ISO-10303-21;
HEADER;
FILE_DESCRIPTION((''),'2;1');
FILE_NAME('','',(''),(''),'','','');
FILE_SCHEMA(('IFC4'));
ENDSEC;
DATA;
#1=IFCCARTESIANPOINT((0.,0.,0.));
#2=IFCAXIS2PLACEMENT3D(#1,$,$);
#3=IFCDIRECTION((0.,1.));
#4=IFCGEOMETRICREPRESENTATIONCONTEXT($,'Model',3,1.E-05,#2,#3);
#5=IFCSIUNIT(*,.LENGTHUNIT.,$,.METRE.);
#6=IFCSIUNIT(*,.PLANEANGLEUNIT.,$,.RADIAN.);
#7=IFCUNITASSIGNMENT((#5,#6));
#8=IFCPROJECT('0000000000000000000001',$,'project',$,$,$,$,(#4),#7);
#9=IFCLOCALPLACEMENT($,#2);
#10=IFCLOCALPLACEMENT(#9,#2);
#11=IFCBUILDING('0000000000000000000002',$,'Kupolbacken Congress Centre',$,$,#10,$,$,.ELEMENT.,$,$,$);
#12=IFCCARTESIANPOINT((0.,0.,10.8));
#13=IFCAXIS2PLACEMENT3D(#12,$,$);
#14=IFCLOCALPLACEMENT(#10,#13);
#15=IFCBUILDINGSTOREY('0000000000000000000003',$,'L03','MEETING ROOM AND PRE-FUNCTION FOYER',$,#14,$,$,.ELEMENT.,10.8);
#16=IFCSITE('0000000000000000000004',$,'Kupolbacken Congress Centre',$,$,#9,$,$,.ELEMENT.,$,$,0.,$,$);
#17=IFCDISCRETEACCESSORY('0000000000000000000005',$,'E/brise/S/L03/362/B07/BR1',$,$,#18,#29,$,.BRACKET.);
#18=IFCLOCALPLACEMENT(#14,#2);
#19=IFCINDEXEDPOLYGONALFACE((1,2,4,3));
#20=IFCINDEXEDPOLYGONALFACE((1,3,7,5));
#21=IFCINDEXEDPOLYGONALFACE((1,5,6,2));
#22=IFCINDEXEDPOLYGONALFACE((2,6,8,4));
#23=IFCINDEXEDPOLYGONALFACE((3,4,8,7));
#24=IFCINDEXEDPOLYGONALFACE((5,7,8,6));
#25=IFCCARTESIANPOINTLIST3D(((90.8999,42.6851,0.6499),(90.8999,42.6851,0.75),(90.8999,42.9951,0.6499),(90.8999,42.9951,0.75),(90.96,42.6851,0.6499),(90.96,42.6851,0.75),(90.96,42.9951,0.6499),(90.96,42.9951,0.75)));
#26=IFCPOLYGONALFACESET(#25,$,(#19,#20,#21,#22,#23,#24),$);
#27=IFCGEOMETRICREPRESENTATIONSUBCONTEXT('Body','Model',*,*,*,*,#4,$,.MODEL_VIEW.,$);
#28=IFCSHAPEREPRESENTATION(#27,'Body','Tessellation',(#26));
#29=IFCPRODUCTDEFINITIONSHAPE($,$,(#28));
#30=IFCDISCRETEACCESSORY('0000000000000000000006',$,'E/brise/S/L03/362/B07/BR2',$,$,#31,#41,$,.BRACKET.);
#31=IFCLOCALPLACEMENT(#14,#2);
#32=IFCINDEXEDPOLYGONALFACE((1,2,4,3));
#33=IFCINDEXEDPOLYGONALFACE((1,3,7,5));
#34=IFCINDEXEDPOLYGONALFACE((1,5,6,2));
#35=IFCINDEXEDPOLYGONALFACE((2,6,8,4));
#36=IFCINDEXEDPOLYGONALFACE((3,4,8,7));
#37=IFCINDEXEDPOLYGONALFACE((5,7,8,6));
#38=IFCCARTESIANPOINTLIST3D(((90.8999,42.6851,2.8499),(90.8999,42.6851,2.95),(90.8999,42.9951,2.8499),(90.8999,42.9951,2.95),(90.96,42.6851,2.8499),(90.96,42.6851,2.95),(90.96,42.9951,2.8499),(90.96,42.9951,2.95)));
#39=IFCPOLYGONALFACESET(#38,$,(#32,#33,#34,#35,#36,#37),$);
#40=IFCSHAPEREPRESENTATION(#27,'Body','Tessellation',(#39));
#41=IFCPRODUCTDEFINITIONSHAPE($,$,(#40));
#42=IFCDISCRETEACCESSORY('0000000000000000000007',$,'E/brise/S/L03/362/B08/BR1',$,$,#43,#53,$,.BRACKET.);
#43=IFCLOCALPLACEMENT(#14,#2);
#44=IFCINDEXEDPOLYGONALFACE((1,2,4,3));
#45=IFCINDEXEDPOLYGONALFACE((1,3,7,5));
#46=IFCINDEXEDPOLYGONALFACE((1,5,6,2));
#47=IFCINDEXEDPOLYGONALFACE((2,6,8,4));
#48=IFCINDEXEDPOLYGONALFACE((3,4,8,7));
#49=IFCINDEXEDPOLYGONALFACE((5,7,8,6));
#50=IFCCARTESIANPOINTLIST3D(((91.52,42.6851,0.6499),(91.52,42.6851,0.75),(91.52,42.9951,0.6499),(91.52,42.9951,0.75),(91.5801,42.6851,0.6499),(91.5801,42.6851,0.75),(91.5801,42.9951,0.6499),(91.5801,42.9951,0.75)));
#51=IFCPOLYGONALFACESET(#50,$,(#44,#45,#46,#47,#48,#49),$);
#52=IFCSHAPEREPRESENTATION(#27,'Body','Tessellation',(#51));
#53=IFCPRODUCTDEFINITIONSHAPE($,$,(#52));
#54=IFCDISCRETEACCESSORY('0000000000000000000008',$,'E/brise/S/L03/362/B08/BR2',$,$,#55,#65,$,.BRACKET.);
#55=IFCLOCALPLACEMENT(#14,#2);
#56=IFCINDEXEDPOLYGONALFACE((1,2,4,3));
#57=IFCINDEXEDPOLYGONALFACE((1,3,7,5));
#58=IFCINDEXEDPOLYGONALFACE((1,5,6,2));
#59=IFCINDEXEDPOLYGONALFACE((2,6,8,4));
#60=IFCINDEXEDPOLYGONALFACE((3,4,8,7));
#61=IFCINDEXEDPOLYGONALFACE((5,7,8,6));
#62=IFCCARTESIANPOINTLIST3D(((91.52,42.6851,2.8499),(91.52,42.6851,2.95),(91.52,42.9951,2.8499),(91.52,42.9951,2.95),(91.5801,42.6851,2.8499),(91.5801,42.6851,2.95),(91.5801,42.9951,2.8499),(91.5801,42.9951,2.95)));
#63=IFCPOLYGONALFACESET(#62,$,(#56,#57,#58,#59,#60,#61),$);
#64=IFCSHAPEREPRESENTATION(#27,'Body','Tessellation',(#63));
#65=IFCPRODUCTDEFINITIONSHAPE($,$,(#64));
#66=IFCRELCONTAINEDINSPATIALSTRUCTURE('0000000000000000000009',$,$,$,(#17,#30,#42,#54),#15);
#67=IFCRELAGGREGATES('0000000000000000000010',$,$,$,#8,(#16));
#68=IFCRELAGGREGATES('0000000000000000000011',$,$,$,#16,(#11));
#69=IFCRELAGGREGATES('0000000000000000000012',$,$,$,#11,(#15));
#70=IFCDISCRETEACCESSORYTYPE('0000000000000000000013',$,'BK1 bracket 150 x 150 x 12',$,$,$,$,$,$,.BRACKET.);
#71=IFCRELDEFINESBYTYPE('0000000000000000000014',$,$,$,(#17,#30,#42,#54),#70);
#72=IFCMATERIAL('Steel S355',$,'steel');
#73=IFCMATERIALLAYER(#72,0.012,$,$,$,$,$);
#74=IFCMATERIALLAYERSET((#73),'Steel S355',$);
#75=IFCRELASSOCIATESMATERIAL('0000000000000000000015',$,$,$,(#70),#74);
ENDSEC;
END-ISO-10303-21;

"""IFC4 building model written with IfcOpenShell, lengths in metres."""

from ifc_helpers import new_model, si_unit, direction, frame, origin, origin_2d, place, context, subcontext, project, spatial, rectangle, extrude, material, layer, layer_set, type_object, element, save


model = new_model("IFC4")

# Units and contexts
model_context = context("Model", 3, precision=1e-05, world=origin(), true_north=direction((0.0, 1.0)))
body_context = subcontext(model_context, "Body", "Model", "MODEL_VIEW")
ifc_project = project(units=[si_unit("LENGTHUNIT", "METRE"), si_unit("PLANEANGLEUNIT", "RADIAN")], contexts=[model_context])

# Site, building, storey
site_placement = place(None, origin())
site = spatial("IfcSite", under=ifc_project, at=site_placement, Name="Kupolbacken Congress Centre", CompositionType="ELEMENT", RefElevation=0.0)
building_placement = place(site_placement, origin())
building = spatial("IfcBuilding", under=site, at=building_placement, Name="Kupolbacken Congress Centre", CompositionType="ELEMENT")
storey_placement = place(building_placement, frame((0.0, 0.0, 10.8)))
storey = spatial("IfcBuildingStorey", under=building, at=storey_placement, Name="L03", Description="MEETING ROOM AND PRE-FUNCTION FOYER", CompositionType="ELEMENT", Elevation=10.8)

# Discrete accessories
ifc_material_1 = material(Name="Steel S355", Category="steel")
ifc_layer_1 = layer(ifc_material_1, 0.012)
ifc_layer_set_1 = layer_set([ifc_layer_1], Name="Steel S355")
discrete_accessory_type = type_object("IfcDiscreteAccessoryType", Name="BK1 bracket 150 x 150 x 12", PredefinedType="BRACKET", material=ifc_layer_set_1)
for number, where, z_axis, x_axis, name in (
    (1, (90.9299, 42.8401, 0.6499), (0.0, 0.0, 1.0), (1.0, 0.0, 0.0), "E/brise/S/L03/362/B07/BR1"),
    (2, (90.9299, 42.8401, 2.8499), (0.0, 0.0, 1.0), (1.0, 0.0, 0.0), "E/brise/S/L03/362/B07/BR2"),
    (3, (91.55, 42.8401, 0.6499), (0.0, 0.0, 1.0), (1.0, 0.0, 0.0), "E/brise/S/L03/362/B08/BR1"),
    (4, (91.55, 42.8401, 2.8499), (0.0, 0.0, 1.0), (1.0, 0.0, 0.0), "E/brise/S/L03/362/B08/BR2"),
):
    element("IfcDiscreteAccessory", number, at=place(storey_placement, frame(where, z_axis=z_axis, x_axis=x_axis)), inside=storey, type_object=discrete_accessory_type, Name=name, PredefinedType="BRACKET", context=body_context, shape_type="SweptSolid", body=[
        extrude(rectangle(XDim=0.0601, YDim=0.3101, at=origin_2d()), origin(), (0.0, 0.0, 1.0), 0.1001),
    ])

save(model, "model.ifc")
